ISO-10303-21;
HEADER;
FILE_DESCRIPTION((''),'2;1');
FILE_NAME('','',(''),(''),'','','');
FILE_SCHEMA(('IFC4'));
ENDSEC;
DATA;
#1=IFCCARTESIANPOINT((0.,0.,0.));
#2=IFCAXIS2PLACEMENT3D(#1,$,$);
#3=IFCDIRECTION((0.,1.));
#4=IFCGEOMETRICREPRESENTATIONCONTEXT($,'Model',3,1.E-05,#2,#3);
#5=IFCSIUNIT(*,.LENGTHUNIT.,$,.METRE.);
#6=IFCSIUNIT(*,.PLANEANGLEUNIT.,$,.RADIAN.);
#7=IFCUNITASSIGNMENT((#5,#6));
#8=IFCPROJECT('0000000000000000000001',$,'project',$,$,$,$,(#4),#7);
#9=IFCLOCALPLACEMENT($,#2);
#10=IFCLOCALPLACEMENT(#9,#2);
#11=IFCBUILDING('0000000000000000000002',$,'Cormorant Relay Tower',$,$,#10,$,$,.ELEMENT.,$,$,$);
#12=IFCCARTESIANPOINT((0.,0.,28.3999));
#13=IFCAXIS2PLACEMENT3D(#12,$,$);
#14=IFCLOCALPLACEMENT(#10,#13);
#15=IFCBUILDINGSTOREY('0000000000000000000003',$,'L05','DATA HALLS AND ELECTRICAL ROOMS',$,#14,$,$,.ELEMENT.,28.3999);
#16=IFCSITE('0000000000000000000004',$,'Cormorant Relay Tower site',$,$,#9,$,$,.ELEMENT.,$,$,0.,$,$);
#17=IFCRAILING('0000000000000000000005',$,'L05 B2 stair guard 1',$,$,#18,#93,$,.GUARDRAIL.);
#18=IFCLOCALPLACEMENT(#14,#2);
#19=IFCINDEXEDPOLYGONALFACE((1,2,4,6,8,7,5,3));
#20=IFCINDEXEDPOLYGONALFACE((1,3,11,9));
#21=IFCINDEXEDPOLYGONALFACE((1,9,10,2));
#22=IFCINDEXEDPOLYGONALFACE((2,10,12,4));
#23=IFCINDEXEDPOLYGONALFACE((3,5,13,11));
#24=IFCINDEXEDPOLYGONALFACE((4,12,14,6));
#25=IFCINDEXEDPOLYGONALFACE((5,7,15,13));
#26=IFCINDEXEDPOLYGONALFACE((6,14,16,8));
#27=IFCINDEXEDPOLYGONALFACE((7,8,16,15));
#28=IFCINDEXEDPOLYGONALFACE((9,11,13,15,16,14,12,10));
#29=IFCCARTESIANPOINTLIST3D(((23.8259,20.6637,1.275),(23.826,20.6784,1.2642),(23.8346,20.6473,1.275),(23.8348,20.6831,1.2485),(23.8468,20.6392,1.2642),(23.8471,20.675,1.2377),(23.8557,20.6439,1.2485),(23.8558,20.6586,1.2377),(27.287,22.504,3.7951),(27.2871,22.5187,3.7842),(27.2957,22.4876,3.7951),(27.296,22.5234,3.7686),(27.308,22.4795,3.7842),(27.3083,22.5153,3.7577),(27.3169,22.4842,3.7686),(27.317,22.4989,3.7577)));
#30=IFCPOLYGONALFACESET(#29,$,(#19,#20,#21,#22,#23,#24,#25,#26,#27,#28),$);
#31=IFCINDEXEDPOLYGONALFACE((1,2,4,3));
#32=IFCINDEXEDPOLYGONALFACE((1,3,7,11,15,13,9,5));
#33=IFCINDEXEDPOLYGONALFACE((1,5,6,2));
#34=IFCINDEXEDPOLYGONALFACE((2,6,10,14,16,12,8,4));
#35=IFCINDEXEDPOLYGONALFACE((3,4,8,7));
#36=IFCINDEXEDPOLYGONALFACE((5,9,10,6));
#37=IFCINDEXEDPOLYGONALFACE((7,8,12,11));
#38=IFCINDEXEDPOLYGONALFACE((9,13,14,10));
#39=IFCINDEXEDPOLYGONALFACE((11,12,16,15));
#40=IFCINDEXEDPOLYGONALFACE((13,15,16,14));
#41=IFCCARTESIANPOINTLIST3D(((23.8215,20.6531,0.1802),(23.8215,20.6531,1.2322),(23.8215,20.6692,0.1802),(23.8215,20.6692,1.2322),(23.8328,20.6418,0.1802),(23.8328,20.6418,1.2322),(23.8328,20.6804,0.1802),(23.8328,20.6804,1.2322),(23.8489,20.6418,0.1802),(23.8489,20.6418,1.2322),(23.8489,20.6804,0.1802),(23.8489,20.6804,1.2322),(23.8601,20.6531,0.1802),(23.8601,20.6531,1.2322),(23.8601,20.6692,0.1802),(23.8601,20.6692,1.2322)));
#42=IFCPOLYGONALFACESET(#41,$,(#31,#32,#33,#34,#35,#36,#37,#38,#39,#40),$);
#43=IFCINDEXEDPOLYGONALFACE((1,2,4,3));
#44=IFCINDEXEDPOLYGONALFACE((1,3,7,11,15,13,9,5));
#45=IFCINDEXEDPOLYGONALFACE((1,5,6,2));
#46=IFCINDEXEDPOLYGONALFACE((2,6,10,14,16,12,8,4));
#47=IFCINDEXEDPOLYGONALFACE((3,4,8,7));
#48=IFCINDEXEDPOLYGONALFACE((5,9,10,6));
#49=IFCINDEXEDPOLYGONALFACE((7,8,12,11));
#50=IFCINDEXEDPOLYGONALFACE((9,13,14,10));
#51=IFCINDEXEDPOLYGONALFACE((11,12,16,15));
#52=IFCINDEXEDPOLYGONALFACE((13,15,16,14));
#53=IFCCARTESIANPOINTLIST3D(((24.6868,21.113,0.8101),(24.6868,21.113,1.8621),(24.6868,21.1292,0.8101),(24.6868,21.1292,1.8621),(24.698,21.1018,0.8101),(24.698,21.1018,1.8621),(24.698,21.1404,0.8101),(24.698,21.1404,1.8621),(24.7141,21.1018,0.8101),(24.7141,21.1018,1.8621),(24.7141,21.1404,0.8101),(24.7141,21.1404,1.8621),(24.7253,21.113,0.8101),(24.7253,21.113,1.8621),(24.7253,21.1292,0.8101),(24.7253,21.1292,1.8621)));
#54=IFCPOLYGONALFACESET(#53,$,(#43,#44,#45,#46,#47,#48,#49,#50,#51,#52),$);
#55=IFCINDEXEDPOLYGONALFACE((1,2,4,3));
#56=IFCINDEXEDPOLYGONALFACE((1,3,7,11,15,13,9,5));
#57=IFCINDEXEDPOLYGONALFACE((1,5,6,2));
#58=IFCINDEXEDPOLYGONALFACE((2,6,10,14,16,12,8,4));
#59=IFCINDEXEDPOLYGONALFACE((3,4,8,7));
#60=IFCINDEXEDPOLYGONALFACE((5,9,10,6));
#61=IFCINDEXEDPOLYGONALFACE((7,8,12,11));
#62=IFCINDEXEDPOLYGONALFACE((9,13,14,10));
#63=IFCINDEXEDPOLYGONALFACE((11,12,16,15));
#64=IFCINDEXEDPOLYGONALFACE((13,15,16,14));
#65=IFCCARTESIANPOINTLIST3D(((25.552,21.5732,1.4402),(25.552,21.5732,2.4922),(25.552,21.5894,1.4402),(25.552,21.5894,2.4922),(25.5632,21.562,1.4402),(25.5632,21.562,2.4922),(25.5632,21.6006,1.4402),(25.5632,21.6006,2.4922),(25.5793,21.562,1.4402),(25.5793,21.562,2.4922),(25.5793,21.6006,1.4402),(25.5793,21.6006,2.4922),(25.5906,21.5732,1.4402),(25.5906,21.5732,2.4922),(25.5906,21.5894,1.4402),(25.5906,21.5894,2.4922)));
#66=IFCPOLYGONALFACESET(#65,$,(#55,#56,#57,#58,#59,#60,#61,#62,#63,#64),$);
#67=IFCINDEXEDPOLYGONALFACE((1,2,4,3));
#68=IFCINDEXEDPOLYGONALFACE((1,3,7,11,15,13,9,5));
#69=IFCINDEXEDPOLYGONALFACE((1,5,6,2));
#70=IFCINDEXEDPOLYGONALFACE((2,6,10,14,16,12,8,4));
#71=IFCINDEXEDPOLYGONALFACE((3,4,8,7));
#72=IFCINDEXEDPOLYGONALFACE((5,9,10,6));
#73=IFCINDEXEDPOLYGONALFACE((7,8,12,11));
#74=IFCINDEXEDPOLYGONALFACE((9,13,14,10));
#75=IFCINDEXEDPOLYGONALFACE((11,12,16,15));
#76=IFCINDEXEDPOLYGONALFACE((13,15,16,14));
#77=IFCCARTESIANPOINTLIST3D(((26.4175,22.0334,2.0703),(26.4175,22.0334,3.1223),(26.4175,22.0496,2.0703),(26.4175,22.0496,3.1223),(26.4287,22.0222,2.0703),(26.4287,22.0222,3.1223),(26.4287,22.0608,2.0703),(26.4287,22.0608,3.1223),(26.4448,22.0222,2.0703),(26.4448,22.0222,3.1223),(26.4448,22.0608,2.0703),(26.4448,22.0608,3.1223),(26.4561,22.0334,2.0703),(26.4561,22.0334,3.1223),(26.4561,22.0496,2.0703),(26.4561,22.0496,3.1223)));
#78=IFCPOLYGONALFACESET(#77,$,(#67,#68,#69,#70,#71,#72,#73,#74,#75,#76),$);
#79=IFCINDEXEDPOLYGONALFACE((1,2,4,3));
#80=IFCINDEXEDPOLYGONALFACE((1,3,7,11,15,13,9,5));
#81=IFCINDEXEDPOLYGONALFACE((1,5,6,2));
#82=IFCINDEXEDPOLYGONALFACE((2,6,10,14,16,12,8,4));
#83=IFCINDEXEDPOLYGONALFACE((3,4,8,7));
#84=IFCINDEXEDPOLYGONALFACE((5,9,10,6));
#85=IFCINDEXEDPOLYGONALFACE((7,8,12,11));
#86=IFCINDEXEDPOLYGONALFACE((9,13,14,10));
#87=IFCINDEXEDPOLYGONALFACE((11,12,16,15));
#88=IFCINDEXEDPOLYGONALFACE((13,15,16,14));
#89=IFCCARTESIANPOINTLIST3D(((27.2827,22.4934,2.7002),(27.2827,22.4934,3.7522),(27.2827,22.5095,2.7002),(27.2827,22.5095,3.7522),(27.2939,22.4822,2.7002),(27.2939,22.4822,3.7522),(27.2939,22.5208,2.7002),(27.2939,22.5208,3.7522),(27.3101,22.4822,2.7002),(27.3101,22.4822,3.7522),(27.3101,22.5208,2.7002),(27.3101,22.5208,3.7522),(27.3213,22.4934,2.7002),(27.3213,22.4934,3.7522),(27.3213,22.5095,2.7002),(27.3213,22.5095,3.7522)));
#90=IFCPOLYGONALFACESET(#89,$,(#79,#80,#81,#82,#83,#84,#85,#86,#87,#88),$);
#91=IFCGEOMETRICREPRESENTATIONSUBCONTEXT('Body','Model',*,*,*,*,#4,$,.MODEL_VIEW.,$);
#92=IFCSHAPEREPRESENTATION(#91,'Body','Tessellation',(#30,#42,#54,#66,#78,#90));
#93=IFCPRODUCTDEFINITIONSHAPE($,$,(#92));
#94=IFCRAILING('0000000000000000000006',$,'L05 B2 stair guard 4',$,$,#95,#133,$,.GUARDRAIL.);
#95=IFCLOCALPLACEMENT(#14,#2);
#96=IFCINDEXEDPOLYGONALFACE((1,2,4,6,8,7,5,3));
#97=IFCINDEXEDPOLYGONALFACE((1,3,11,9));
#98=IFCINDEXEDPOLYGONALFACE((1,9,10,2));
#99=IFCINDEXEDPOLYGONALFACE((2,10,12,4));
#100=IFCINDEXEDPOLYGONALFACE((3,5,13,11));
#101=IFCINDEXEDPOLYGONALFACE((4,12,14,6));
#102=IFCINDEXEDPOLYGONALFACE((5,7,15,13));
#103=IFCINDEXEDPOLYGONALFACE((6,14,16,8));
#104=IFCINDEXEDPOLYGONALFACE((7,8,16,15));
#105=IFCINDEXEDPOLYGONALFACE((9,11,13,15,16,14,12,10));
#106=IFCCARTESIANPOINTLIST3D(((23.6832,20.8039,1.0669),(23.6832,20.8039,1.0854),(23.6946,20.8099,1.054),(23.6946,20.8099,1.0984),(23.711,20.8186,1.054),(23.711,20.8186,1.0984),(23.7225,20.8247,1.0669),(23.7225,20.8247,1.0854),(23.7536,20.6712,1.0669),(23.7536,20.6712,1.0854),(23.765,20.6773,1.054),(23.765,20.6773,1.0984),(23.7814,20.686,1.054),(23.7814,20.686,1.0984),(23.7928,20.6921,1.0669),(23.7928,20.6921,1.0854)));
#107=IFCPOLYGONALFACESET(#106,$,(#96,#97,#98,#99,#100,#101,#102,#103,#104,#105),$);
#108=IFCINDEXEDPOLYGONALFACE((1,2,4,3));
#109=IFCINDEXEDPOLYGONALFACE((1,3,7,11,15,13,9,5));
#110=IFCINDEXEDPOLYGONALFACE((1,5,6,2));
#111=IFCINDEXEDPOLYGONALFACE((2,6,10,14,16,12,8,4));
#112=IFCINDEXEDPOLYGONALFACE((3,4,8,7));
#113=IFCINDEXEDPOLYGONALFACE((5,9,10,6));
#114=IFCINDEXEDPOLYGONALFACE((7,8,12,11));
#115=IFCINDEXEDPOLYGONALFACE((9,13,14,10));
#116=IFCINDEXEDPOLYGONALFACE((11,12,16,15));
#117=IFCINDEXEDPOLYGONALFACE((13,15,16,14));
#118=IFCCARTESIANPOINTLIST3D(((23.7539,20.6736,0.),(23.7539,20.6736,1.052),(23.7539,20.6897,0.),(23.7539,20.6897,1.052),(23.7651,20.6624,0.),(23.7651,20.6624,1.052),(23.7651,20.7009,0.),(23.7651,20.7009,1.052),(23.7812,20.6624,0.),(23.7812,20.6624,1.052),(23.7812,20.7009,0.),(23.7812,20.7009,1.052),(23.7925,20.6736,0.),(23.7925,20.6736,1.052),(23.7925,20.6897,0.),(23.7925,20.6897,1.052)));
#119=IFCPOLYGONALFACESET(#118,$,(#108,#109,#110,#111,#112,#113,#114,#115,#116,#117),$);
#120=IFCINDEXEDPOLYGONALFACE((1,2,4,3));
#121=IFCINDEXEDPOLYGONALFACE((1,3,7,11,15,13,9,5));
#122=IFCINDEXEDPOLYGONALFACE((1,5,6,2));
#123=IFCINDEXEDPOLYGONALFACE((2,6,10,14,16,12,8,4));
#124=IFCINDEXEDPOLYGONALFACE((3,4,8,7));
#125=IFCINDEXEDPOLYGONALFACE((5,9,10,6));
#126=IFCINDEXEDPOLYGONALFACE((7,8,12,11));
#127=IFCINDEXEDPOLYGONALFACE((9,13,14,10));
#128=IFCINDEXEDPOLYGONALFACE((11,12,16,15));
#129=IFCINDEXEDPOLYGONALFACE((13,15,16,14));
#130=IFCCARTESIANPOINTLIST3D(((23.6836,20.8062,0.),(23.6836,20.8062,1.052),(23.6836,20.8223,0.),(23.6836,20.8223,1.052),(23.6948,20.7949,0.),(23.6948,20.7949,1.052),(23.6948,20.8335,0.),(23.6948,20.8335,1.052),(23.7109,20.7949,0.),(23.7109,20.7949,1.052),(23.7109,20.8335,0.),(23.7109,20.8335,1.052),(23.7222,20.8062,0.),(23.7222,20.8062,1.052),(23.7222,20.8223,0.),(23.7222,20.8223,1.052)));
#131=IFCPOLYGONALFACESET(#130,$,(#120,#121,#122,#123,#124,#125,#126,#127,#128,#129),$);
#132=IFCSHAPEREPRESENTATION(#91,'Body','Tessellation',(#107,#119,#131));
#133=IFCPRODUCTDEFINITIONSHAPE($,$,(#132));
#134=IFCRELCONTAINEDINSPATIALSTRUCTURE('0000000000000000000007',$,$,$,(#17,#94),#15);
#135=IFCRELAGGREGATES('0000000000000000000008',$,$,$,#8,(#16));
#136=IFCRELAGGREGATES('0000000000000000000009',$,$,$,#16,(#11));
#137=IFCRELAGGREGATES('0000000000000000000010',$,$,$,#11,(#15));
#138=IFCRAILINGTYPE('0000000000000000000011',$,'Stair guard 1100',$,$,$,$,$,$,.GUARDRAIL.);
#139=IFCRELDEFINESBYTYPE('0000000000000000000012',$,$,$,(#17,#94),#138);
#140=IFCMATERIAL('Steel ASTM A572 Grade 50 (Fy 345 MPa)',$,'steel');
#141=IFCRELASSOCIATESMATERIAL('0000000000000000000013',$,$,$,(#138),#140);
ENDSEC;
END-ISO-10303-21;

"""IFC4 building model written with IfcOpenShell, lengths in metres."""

from ifc_helpers import new_model, si_unit, direction, frame, origin, place, context, subcontext, project, spatial, polyline, outline, extrude, material, type_object, element, save


model = new_model("IFC4")

# Units and contexts
model_context = context("Model", 3, precision=1e-05, world=origin(), true_north=direction((0.0, 1.0)))
body_context = subcontext(model_context, "Body", "Model", "MODEL_VIEW")
ifc_project = project(units=[si_unit("LENGTHUNIT", "METRE"), si_unit("PLANEANGLEUNIT", "RADIAN")], contexts=[model_context])

# Site, building, storey
site_placement = place(None, origin())
site = spatial("IfcSite", under=ifc_project, at=site_placement, Name="Cormorant Relay Tower site", CompositionType="ELEMENT", RefElevation=0.0)
building_placement = place(site_placement, origin())
building = spatial("IfcBuilding", under=site, at=building_placement, Name="Cormorant Relay Tower", CompositionType="ELEMENT")
storey_placement = place(building_placement, frame((0.0, 0.0, 28.3999)))
storey = spatial("IfcBuildingStorey", under=building, at=storey_placement, Name="L05", Description="DATA HALLS AND ELECTRICAL ROOMS", CompositionType="ELEMENT", Elevation=28.3999)

# Railings
ifc_material_1 = material(Name="Steel ASTM A572 Grade 50 (Fy 345 MPa)", Category="steel")
railing_type_1 = type_object("IfcRailingType", Name="Stair guard 1100", PredefinedType="GUARDRAIL", material=ifc_material_1)
railing_1_placement = place(storey_placement, frame((23.8408, 20.6611, 0.1802)))
element("IfcRailing", 1, at=railing_1_placement, inside=storey, type_object=railing_type_1, Name="L05 B2 stair guard 1", PredefinedType="GUARDRAIL", context=body_context, shape_type="SweptSolid", body=[
    extrude(outline(polyline([(0.0222, 0.0093), (0.0093, 0.0222), (-0.0093, 0.0222), (-0.0222, 0.0093), (-0.0222, -0.0093), (-0.0093, -0.0222), (0.0093, -0.0222), (0.0222, -0.0093), (0.0222, 0.0093)])), frame((0.0, 0.0, 1.0762), z_axis=(0.742717, 0.394907, 0.540758), x_axis=(-0.469469, 0.882949, 0.0)), (0.0, 0.0, 1.0), 4.6602),
    extrude(outline(polyline([(0.0193, 0.0081), (0.0081, 0.0193), (-0.0081, 0.0193), (-0.0193, 0.0081), (-0.0193, -0.0081), (-0.0081, -0.0193), (0.0081, -0.0193), (0.0193, -0.0081), (0.0193, 0.0081)])), origin(), (0.0, 0.0, 1.0), 1.052),
    extrude(outline(polyline([(0.0193, 0.0081), (0.0081, 0.0193), (-0.0081, 0.0193), (-0.0193, 0.0081), (-0.0193, -0.0081), (-0.0081, -0.0193), (0.0081, -0.0193), (0.0193, -0.0081), (0.0193, 0.0081)])), frame((0.8652, 0.46, 0.6299)), (0.0, 0.0, 1.0), 1.052),
    extrude(outline(polyline([(0.0193, 0.0081), (0.0081, 0.0193), (-0.0081, 0.0193), (-0.0193, 0.0081), (-0.0193, -0.0081), (-0.0081, -0.0193), (0.0081, -0.0193), (0.0193, -0.0081), (0.0193, 0.0081)])), frame((1.7305, 0.9202, 1.26)), (0.0, 0.0, 1.0), 1.052),
    extrude(outline(polyline([(0.0193, 0.0081), (0.0081, 0.0193), (-0.0081, 0.0193), (-0.0193, 0.0081), (-0.0193, -0.0081), (-0.0081, -0.0193), (0.0081, -0.0193), (0.0193, -0.0081), (0.0193, 0.0081)])), frame((2.5959, 1.3804, 1.8901)), (0.0, 0.0, 1.0), 1.052),
    extrude(outline(polyline([(0.0193, 0.0081), (0.0081, 0.0193), (-0.0081, 0.0193), (-0.0193, 0.0081), (-0.0193, -0.0081), (-0.0081, -0.0193), (0.0081, -0.0193), (0.0193, -0.0081), (0.0193, 0.0081)])), frame((3.4612, 1.8403, 2.52)), (0.0, 0.0, 1.0), 1.052),
])
railing_2_placement = place(storey_placement, frame((23.7732, 20.6816, 0.0)))
element("IfcRailing", 2, at=railing_2_placement, inside=storey, type_object=railing_type_1, Name="L05 B2 stair guard 4", PredefinedType="GUARDRAIL", context=body_context, shape_type="SweptSolid", body=[
    extrude(outline(polyline([(0.0222, 0.0093), (0.0093, 0.0222), (-0.0093, 0.0222), (-0.0222, 0.0093), (-0.0222, -0.0093), (-0.0093, -0.0222), (0.0093, -0.0222), (0.0222, -0.0093), (0.0222, 0.0093)])), frame((0.0, 0.0, 1.0762), z_axis=(-0.46856, 0.883431, 0.0), x_axis=(-0.883431, -0.46856, 0.0)), (0.0, 0.0, 1.0), 0.1501),
    extrude(outline(polyline([(0.0193, 0.0081), (0.0081, 0.0193), (-0.0081, 0.0193), (-0.0193, 0.0081), (-0.0193, -0.0081), (-0.0081, -0.0193), (0.0081, -0.0193), (0.0193, -0.0081), (0.0193, 0.0081)])), origin(), (0.0, 0.0, 1.0), 1.052),
    extrude(outline(polyline([(0.0193, 0.0081), (0.0081, 0.0193), (-0.0081, 0.0193), (-0.0193, 0.0081), (-0.0193, -0.0081), (-0.0081, -0.0193), (0.0081, -0.0193), (0.0193, -0.0081), (0.0193, 0.0081)])), frame((-0.0703, 0.1326, 0.0)), (0.0, 0.0, 1.0), 1.052),
])

save(model, "model.ifc")
